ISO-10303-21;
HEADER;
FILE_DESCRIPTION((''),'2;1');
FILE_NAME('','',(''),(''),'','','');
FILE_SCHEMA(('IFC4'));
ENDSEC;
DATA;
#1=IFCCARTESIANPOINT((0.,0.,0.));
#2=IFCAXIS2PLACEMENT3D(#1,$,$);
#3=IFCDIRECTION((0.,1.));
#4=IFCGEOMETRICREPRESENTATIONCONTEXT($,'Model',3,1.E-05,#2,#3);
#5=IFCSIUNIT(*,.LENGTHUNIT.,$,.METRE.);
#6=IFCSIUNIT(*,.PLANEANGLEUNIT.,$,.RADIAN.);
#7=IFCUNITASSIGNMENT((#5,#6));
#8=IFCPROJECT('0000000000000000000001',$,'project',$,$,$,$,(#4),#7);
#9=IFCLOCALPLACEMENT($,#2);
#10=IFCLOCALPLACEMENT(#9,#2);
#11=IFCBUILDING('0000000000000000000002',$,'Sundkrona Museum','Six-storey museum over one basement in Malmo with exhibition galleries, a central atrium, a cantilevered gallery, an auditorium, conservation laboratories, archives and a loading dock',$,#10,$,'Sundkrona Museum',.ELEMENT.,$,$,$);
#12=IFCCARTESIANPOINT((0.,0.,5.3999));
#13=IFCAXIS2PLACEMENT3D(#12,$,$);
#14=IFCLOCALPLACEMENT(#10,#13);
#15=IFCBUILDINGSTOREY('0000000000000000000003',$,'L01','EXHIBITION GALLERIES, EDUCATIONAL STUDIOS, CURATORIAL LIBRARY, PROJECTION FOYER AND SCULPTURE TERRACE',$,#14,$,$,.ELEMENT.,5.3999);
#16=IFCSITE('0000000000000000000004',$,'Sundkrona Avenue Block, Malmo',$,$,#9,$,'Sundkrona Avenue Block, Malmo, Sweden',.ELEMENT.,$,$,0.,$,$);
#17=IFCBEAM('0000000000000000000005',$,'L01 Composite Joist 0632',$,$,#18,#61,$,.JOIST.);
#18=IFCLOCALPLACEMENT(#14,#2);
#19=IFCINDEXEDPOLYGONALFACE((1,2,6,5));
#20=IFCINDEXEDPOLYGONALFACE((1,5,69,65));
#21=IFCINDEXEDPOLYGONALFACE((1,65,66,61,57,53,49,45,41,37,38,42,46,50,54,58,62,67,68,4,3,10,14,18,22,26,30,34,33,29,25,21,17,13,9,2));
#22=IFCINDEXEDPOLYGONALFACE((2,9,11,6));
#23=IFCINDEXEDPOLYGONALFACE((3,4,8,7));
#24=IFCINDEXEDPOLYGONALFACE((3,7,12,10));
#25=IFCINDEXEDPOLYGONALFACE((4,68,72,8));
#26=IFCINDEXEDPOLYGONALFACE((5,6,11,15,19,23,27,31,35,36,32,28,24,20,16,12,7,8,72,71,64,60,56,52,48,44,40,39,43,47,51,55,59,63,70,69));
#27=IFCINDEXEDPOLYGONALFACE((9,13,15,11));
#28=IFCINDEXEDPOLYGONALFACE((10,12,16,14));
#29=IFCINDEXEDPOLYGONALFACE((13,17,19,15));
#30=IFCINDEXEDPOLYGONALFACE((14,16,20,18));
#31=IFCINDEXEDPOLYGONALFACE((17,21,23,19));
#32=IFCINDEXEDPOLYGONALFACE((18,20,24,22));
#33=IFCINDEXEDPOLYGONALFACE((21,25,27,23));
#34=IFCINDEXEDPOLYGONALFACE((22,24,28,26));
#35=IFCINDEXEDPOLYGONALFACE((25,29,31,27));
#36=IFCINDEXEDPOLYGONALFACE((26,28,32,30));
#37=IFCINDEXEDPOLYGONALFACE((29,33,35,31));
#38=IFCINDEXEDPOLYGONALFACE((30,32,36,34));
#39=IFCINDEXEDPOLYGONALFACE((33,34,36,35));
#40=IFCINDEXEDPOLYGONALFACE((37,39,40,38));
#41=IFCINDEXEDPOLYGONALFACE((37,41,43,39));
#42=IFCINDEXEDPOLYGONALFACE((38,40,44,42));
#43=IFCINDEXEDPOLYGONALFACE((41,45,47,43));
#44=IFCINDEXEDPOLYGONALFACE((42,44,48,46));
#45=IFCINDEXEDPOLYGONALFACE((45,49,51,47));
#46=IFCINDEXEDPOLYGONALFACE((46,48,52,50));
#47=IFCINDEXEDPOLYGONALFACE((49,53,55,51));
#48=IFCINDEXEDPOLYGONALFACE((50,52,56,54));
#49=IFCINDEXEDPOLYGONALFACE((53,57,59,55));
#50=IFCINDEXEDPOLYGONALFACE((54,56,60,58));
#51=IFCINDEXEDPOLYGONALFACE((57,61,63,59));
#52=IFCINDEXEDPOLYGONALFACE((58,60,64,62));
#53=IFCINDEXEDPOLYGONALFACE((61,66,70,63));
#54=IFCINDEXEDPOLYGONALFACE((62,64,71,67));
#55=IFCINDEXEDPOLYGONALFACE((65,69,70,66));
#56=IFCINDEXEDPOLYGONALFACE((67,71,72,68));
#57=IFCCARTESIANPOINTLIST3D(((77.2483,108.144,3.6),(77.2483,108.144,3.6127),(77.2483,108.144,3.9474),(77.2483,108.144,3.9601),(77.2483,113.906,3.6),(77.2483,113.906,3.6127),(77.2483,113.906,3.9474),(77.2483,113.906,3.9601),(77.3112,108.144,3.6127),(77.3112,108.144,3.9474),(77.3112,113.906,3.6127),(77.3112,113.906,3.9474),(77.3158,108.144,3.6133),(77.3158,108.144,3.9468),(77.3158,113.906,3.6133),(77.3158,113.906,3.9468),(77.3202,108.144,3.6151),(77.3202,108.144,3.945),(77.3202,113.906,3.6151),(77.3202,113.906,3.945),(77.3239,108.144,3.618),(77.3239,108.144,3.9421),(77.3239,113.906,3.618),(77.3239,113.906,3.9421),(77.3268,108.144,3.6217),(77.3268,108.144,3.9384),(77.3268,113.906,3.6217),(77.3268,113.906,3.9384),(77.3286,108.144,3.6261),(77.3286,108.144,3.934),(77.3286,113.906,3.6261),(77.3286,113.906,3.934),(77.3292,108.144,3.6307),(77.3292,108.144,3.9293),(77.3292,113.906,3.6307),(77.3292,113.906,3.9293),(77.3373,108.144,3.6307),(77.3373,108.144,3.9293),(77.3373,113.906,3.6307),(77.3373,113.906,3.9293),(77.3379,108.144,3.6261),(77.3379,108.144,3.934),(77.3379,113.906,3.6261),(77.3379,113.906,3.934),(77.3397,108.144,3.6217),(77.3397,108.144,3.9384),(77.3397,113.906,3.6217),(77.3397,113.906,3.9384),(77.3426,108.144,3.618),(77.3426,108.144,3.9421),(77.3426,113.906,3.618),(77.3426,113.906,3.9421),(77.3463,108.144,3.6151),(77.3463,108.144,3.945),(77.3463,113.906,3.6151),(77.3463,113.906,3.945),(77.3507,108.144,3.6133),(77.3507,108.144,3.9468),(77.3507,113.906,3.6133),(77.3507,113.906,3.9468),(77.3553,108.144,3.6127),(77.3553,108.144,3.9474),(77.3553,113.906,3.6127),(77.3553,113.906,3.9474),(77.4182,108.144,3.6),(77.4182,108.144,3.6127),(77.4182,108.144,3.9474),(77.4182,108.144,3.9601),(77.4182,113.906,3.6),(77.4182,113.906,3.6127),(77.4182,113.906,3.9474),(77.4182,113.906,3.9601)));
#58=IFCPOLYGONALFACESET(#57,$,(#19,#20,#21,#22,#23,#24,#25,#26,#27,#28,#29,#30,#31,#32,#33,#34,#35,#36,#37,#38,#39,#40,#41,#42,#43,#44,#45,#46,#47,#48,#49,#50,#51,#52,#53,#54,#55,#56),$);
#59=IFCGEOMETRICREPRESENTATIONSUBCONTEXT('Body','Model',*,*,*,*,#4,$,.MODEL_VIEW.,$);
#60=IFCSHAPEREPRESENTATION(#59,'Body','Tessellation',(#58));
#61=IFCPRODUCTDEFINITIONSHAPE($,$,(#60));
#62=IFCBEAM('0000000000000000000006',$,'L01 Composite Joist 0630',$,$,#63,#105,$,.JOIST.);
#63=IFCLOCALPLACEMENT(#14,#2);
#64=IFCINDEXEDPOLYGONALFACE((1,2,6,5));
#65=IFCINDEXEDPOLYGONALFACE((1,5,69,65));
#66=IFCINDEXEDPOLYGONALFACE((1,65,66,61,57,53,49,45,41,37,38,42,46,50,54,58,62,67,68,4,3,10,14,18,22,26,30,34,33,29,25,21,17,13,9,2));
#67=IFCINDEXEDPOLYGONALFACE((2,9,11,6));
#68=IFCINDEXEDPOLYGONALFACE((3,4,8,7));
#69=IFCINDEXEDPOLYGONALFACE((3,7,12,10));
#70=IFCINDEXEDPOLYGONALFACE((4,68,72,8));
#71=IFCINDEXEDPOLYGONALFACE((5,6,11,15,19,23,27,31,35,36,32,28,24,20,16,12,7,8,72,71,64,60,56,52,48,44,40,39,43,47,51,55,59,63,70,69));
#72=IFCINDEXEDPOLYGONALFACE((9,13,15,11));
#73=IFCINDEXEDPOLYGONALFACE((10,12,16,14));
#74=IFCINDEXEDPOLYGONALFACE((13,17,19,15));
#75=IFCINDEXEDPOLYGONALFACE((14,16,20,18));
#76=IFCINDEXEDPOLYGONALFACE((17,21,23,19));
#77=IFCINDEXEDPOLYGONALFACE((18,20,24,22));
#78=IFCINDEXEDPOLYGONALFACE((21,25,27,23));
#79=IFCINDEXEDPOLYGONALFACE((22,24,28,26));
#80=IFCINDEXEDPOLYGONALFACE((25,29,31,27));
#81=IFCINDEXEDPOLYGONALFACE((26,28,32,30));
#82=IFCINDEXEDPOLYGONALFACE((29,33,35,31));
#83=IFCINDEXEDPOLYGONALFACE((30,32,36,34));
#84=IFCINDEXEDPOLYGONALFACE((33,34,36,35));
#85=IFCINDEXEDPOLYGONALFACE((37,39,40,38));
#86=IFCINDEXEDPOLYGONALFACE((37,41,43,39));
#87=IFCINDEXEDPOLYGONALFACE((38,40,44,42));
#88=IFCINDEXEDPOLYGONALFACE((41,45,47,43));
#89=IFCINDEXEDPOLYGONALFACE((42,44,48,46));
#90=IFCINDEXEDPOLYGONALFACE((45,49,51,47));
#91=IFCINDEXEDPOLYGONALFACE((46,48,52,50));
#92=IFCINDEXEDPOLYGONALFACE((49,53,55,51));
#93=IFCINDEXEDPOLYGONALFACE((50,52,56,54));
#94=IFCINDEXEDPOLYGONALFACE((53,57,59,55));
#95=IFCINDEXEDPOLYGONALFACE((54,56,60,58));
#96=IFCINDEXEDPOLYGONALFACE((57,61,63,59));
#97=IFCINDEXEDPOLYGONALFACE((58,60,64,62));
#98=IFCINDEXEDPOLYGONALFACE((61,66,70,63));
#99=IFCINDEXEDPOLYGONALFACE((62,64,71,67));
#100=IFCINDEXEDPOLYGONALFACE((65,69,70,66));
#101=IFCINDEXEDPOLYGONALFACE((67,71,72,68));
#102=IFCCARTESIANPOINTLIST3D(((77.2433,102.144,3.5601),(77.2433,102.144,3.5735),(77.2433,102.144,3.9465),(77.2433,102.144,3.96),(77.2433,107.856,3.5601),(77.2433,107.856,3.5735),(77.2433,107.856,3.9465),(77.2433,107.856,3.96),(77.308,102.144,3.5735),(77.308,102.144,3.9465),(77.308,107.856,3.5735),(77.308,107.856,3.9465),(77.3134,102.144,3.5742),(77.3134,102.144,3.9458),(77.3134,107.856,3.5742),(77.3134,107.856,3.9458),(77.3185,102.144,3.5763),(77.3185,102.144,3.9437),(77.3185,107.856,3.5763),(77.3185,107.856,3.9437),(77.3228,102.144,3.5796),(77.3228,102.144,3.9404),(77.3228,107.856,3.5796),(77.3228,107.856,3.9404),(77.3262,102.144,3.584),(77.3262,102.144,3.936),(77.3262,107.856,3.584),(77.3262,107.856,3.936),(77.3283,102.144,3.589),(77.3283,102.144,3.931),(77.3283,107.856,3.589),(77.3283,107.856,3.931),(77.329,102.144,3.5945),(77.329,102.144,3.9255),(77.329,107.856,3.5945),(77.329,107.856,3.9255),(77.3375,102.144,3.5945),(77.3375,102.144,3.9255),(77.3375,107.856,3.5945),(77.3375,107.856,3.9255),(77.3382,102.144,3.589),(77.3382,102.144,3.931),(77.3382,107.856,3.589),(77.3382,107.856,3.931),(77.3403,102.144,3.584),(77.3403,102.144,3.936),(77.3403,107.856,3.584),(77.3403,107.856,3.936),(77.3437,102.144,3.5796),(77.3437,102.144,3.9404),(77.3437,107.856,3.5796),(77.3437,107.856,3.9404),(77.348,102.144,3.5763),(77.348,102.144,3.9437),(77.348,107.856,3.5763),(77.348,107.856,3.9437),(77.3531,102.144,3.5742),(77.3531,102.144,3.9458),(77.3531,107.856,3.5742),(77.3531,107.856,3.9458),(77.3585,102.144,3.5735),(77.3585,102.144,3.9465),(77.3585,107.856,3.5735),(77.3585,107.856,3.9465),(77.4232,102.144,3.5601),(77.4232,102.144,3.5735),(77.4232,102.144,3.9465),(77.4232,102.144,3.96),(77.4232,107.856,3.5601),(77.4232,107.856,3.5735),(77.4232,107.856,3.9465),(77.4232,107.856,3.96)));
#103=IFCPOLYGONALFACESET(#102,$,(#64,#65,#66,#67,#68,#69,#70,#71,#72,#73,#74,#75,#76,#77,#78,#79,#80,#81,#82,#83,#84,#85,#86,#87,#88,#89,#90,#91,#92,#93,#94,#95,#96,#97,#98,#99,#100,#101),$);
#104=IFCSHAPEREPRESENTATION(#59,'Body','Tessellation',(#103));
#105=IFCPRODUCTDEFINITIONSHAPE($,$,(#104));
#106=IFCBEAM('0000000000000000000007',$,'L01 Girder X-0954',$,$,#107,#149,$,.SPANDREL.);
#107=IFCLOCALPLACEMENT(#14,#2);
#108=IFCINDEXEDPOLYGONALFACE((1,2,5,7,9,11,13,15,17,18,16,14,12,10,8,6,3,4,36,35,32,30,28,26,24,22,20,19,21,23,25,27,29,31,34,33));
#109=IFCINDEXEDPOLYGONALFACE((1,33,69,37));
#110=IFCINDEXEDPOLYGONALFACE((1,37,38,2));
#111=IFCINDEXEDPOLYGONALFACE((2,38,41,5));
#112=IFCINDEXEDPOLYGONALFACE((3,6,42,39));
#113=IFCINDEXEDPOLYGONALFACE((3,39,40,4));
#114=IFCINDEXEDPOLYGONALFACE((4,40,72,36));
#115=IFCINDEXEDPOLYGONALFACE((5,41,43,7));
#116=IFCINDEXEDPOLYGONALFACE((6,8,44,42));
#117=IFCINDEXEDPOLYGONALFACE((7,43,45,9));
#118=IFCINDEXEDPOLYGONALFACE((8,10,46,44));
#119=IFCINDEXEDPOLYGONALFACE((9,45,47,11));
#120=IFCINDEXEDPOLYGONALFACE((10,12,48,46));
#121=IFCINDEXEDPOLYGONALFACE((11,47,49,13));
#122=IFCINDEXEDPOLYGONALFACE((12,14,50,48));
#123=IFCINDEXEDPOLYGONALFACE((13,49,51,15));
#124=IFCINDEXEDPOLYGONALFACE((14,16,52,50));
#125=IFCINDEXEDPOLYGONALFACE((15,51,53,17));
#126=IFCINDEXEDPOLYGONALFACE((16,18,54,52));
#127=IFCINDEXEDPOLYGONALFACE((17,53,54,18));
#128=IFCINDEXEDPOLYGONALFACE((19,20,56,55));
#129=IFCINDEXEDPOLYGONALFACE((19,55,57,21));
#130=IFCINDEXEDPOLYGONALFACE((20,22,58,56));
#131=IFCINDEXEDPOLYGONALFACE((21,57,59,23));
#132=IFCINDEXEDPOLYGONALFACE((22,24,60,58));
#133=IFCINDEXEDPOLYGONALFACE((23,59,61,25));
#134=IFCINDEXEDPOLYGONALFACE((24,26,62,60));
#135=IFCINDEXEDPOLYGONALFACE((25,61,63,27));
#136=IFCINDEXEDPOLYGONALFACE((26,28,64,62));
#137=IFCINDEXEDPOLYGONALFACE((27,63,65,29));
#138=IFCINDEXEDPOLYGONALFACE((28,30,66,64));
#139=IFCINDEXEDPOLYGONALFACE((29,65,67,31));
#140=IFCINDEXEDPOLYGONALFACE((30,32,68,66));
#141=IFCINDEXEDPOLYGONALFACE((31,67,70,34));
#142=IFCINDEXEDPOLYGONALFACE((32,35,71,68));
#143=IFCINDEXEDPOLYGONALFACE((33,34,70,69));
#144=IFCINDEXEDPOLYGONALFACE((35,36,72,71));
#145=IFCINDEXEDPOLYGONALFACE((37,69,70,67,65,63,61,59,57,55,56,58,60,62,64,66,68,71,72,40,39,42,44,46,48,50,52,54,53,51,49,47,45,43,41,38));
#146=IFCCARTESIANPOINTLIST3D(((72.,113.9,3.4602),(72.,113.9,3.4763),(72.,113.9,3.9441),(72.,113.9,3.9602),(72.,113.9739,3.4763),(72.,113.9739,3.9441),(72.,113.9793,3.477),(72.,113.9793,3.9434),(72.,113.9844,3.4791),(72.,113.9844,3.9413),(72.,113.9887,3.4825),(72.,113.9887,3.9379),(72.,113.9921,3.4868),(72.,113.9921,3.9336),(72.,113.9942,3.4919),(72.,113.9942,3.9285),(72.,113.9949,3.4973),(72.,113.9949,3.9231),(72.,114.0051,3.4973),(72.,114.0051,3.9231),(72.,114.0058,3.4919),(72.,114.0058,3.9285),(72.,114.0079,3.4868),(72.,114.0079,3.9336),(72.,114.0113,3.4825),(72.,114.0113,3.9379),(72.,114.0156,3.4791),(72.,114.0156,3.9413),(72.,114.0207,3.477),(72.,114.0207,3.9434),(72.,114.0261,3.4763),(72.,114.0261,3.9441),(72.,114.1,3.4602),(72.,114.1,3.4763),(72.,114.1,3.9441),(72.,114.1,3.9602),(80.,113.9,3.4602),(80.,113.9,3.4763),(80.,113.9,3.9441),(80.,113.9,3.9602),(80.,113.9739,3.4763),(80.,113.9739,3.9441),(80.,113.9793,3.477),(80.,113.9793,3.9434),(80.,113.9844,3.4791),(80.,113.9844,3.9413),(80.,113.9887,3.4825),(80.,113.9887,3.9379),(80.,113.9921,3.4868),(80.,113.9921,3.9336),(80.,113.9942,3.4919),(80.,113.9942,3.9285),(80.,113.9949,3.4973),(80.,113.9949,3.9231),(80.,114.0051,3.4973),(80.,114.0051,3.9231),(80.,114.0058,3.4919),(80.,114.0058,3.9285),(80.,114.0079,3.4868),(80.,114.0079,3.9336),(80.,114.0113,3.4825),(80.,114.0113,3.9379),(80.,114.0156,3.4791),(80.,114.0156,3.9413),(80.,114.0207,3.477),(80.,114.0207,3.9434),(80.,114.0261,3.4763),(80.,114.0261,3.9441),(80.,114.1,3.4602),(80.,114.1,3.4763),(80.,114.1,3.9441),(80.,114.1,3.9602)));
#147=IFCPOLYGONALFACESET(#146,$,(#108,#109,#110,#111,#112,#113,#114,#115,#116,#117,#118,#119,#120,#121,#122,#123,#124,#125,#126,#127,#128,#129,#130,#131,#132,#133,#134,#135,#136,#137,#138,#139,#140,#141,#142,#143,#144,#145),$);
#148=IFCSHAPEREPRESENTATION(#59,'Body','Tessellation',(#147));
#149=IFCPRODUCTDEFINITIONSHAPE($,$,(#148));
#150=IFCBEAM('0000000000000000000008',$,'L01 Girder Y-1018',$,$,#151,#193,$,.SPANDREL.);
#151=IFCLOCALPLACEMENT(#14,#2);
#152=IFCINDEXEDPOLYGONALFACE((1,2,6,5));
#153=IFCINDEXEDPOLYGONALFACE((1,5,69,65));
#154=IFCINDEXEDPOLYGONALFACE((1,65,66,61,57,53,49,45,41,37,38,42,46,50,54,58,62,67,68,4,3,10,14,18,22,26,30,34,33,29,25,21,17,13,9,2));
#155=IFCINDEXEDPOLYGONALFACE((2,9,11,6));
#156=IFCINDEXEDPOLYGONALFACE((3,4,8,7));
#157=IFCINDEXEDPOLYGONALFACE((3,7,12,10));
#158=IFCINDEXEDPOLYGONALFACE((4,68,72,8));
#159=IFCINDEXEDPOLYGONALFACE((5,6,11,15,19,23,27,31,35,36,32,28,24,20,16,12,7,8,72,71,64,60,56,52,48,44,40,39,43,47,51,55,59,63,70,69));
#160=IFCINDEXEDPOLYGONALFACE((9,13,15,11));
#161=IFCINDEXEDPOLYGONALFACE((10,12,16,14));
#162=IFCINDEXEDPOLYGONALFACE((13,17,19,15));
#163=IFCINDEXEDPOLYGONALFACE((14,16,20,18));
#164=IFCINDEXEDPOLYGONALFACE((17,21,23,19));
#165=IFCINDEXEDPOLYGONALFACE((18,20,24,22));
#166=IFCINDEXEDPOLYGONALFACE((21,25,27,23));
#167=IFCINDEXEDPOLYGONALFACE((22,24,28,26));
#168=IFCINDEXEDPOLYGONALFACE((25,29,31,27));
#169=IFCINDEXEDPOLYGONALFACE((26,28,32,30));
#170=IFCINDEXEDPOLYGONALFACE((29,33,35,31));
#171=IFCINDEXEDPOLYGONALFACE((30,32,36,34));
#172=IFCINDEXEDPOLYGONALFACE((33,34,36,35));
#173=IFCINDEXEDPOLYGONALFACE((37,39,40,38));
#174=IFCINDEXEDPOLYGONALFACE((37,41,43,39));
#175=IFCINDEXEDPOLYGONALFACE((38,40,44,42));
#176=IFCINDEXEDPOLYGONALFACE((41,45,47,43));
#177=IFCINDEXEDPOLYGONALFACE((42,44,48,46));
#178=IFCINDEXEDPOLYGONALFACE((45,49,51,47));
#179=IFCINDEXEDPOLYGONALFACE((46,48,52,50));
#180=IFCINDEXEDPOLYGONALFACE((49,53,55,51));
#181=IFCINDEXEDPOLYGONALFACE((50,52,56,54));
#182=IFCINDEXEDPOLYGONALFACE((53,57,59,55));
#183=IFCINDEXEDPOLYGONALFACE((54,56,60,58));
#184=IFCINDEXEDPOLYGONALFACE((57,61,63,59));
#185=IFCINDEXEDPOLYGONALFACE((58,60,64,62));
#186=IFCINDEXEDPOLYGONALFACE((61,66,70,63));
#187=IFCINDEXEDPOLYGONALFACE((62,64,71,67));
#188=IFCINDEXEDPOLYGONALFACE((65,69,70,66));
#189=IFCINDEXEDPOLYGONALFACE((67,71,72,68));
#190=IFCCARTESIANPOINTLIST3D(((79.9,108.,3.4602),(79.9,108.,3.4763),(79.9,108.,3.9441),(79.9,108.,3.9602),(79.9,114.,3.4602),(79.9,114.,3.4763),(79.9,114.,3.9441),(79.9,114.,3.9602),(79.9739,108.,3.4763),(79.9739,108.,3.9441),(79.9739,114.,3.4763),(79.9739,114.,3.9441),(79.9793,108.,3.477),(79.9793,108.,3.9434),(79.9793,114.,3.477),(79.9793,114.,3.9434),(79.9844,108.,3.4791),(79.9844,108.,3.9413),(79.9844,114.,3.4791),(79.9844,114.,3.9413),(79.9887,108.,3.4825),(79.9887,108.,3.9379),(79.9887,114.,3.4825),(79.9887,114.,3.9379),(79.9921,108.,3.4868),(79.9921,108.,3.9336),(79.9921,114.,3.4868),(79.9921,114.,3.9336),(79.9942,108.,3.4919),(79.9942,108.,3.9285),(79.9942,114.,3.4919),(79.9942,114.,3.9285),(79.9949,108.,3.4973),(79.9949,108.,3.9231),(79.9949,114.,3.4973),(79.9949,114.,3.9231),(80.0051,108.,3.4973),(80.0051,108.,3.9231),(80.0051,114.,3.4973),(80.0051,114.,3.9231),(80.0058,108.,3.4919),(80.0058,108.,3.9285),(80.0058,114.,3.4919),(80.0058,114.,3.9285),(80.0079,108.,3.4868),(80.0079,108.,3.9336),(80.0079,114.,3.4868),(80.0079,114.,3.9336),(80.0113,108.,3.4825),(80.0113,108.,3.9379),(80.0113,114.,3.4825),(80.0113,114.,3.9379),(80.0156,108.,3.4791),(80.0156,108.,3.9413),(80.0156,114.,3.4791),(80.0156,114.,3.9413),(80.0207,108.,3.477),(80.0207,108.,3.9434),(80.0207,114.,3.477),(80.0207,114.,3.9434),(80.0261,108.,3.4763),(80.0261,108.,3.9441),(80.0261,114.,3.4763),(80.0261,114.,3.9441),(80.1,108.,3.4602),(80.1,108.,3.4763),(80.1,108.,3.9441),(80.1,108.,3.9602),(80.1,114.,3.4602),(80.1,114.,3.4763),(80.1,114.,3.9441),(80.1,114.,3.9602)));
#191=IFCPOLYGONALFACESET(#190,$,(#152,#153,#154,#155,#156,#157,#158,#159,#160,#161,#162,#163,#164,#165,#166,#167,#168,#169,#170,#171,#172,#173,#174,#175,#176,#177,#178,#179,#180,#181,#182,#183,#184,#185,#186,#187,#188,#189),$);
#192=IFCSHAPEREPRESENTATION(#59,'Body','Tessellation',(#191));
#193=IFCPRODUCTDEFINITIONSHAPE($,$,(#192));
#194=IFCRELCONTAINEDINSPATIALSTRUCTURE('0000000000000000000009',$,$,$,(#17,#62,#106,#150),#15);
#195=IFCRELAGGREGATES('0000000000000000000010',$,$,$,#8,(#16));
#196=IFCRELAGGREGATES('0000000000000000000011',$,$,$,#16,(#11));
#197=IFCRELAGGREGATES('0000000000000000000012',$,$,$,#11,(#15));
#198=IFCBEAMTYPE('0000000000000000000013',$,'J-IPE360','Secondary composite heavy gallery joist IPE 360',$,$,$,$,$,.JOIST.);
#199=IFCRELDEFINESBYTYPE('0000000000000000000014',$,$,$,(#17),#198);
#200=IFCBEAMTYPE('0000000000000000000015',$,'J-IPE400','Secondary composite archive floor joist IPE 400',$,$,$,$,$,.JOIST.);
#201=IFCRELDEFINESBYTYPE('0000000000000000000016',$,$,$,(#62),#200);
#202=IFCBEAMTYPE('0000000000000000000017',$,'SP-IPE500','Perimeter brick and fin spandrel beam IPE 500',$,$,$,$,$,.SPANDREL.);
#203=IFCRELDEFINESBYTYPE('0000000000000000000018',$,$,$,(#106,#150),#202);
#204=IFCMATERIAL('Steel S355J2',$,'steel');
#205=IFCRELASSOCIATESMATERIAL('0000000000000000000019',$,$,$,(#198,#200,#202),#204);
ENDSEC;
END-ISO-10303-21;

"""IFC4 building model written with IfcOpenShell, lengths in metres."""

from ifc_helpers import new_model, si_unit, direction, frame, origin, origin_2d, place, context, subcontext, project, spatial, i_section, extrude, material, material_profile, profile_set, type_object, element, save


model = new_model("IFC4")

# Units and contexts
model_context = context("Model", 3, precision=1e-05, world=origin(), true_north=direction((0.0, 1.0)))
body_context = subcontext(model_context, "Body", "Model", "MODEL_VIEW")
ifc_project = project(units=[si_unit("LENGTHUNIT", "METRE"), si_unit("PLANEANGLEUNIT", "RADIAN")], contexts=[model_context])

# Site, building, storey
site_placement = place(None, origin())
site = spatial("IfcSite", under=ifc_project, at=site_placement, Name="Sundkrona Avenue Block, Malmo", LongName="Sundkrona Avenue Block, Malmo, Sweden", CompositionType="ELEMENT", RefElevation=0.0)
building_placement = place(site_placement, origin())
building = spatial("IfcBuilding", under=site, at=building_placement, Name="Sundkrona Museum", Description="Six-storey museum over one basement in Malmo with exhibition galleries, a central atrium, a cantilevered gallery, an auditorium, conservation laboratories, archives and a loading dock", LongName="Sundkrona Museum", CompositionType="ELEMENT")
storey_placement = place(building_placement, frame((0.0, 0.0, 5.3999)))
storey = spatial("IfcBuildingStorey", under=building, at=storey_placement, Name="L01", Description="EXHIBITION GALLERIES, EDUCATIONAL STUDIOS, CURATORIAL LIBRARY, PROJECTION FOYER AND SCULPTURE TERRACE", CompositionType="ELEMENT", Elevation=5.3999)

# Shared definitions
ifc_material_1 = material(Name="Steel S355J2", Category="steel")

# Beams
ifc_material_profile_1 = material_profile(ifc_material_1, i_section(OverallWidth=0.1699, OverallDepth=0.3601, WebThickness=0.0081, FlangeThickness=0.0127, FilletRadius=0.0181, at=origin_2d()), Name="IPE 360")
ifc_profile_set_1 = profile_set([ifc_material_profile_1], Name="Steel S355J2")
beam_type_1 = type_object("IfcBeamType", Name="J-IPE360", Description="Secondary composite heavy gallery joist IPE 360", PredefinedType="JOIST", material=ifc_profile_set_1)
for number, where, z_axis, x_axis, name in (
    (1, (77.3333, 108.144, 3.78), (0.0, 1.0, 0.0), (-1.0, 0.0, 0.0), "L01 Composite Joist 0632"),
):
    element("IfcBeam", number, at=place(storey_placement, frame(where, z_axis=z_axis, x_axis=x_axis)), inside=storey, type_object=beam_type_1, Name=name, PredefinedType="JOIST", context=body_context, shape_type="SweptSolid", body=[
        extrude(i_section(OverallWidth=0.1699, OverallDepth=0.3601, WebThickness=0.0081, FlangeThickness=0.0127, FilletRadius=0.0181, at=origin_2d()), origin(), (0.0, 0.0, 1.0), 5.762),
    ])
ifc_material_profile_2 = material_profile(ifc_material_1, i_section(OverallWidth=0.1799, OverallDepth=0.3999, WebThickness=0.0085, FlangeThickness=0.0134, FilletRadius=0.021, at=origin_2d()), Name="IPE 400")
ifc_profile_set_2 = profile_set([ifc_material_profile_2], Name="Steel S355J2")
beam_type_2 = type_object("IfcBeamType", Name="J-IPE400", Description="Secondary composite archive floor joist IPE 400", PredefinedType="JOIST", material=ifc_profile_set_2)
beam_1_placement = place(storey_placement, frame((77.3333, 102.144, 3.76), z_axis=(0.0, 1.0, 0.0), x_axis=(-1.0, 0.0, 0.0)))
element("IfcBeam", 2, at=beam_1_placement, inside=storey, type_object=beam_type_2, Name="L01 Composite Joist 0630", PredefinedType="JOIST", context=body_context, shape_type="SweptSolid", body=[
    extrude(i_section(OverallWidth=0.1799, OverallDepth=0.3999, WebThickness=0.0085, FlangeThickness=0.0134, FilletRadius=0.021, at=origin_2d()), origin(), (0.0, 0.0, 1.0), 5.7119),
])
ifc_material_profile_3 = material_profile(ifc_material_1, i_section(OverallWidth=0.2, OverallDepth=0.5, WebThickness=0.0103, FlangeThickness=0.0161, FilletRadius=0.021, at=origin_2d()), Name="IPE 500")
ifc_profile_set_3 = profile_set([ifc_material_profile_3], Name="Steel S355J2")
beam_type_3 = type_object("IfcBeamType", Name="SP-IPE500", Description="Perimeter brick and fin spandrel beam IPE 500", PredefinedType="SPANDREL", material=ifc_profile_set_3)
beam_2_placement = place(storey_placement, frame((72.0, 114.0, 3.7102), z_axis=(1.0, 0.0, 0.0), x_axis=(0.0, 1.0, 0.0)))
element("IfcBeam", 3, at=beam_2_placement, inside=storey, type_object=beam_type_3, Name="L01 Girder X-0954", PredefinedType="SPANDREL", context=body_context, shape_type="SweptSolid", body=[
    extrude(i_section(OverallWidth=0.2, OverallDepth=0.5, WebThickness=0.0103, FlangeThickness=0.0161, FilletRadius=0.021, at=origin_2d()), origin(), (0.0, 0.0, 1.0), 8.0),
])
beam_3_placement = place(storey_placement, frame((80.0, 108.0, 3.7102), z_axis=(0.0, 1.0, 0.0), x_axis=(-1.0, 0.0, 0.0)))
element("IfcBeam", 4, at=beam_3_placement, inside=storey, type_object=beam_type_3, Name="L01 Girder Y-1018", PredefinedType="SPANDREL", context=body_context, shape_type="SweptSolid", body=[
    extrude(i_section(OverallWidth=0.2, OverallDepth=0.5, WebThickness=0.0103, FlangeThickness=0.0161, FilletRadius=0.021, at=origin_2d()), origin(), (0.0, 0.0, 1.0), 6.0),
])

save(model, "model.ifc")
